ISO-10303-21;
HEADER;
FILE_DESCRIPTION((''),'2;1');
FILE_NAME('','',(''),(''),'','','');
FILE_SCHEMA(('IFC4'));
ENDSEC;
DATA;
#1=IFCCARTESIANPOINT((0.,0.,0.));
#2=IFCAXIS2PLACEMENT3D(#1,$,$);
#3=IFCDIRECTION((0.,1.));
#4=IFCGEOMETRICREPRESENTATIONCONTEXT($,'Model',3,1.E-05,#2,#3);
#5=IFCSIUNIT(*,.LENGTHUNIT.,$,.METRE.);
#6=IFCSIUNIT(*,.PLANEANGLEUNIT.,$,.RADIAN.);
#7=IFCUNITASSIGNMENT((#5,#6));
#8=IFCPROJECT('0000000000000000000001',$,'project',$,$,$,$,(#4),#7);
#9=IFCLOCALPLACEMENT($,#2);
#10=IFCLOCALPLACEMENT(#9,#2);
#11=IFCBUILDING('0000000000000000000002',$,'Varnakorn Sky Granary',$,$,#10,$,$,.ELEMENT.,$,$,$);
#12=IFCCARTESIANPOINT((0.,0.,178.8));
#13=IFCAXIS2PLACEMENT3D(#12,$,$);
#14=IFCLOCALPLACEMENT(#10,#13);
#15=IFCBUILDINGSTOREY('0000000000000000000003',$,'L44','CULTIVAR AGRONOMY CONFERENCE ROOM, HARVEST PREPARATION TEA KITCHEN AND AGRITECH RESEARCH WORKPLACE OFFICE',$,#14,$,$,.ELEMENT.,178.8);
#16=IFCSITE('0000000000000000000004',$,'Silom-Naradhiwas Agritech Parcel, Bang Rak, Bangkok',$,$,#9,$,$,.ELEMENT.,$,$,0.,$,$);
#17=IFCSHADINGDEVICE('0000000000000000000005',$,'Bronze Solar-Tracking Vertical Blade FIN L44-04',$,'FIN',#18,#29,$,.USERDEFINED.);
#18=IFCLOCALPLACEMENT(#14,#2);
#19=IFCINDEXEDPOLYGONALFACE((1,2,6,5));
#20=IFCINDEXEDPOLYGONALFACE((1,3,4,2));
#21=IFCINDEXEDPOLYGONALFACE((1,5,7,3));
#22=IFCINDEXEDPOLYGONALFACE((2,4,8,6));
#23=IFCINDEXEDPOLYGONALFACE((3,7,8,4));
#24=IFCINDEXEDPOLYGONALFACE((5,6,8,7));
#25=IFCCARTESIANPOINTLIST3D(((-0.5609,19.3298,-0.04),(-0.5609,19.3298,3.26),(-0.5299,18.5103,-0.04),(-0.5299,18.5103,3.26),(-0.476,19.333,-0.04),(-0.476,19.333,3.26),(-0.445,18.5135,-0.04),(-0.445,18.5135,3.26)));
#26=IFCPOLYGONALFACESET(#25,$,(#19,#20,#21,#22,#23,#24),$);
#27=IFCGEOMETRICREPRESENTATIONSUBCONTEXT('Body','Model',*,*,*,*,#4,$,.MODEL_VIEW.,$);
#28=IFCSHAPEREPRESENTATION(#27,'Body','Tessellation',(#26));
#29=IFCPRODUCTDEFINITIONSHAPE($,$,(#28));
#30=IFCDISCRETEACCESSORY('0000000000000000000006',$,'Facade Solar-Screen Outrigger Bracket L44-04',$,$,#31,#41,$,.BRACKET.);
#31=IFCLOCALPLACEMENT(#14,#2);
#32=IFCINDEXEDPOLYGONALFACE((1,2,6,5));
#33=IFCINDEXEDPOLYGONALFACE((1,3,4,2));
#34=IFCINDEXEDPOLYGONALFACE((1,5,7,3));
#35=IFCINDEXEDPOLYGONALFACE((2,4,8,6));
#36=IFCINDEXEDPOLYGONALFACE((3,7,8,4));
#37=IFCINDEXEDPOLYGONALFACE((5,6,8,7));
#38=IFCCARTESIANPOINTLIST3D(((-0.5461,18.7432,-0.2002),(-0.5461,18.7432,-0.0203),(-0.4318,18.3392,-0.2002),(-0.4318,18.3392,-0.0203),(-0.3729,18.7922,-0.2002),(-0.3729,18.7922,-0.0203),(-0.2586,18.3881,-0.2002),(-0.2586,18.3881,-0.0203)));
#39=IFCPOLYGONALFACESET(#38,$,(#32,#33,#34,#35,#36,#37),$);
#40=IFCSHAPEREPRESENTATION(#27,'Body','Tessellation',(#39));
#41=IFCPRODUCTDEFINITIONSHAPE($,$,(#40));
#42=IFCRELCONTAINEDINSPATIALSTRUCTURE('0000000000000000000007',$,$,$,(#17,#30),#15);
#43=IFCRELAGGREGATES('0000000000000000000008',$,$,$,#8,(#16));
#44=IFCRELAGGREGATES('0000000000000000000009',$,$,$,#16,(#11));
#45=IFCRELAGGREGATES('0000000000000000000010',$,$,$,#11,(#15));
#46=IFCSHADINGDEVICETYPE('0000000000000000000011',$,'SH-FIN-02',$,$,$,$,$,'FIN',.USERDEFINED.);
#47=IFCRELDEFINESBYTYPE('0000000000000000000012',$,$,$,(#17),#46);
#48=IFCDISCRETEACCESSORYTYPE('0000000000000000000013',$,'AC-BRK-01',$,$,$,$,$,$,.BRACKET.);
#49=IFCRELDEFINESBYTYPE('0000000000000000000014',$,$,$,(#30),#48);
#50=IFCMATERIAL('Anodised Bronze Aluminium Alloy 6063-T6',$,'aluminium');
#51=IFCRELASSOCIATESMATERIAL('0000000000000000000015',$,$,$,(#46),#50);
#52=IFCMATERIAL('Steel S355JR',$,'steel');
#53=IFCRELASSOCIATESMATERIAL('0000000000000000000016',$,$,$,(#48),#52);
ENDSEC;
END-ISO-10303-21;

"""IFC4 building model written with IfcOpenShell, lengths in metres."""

from ifc_helpers import new_model, si_unit, direction, frame, origin, origin_2d, place, context, subcontext, project, spatial, rectangle, extrude, source, transform, mapped, material, type_object, type_shapes, element, save


model = new_model("IFC4")

# Units and contexts
model_context = context("Model", 3, precision=1e-05, world=origin(), true_north=direction((0.0, 1.0)))
body_context = subcontext(model_context, "Body", "Model", "MODEL_VIEW")
ifc_project = project(units=[si_unit("LENGTHUNIT", "METRE"), si_unit("PLANEANGLEUNIT", "RADIAN")], contexts=[model_context])

# Site, building, storey
site_placement = place(None, origin())
site = spatial("IfcSite", under=ifc_project, at=site_placement, Name="Silom-Naradhiwas Agritech Parcel, Bang Rak, Bangkok", CompositionType="ELEMENT", RefElevation=0.0)
building_placement = place(site_placement, origin())
building = spatial("IfcBuilding", under=site, at=building_placement, Name="Varnakorn Sky Granary", CompositionType="ELEMENT")
storey_placement = place(building_placement, frame((0.0, 0.0, 178.8)))
storey = spatial("IfcBuildingStorey", under=building, at=storey_placement, Name="L44", Description="CULTIVAR AGRONOMY CONFERENCE ROOM, HARVEST PREPARATION TEA KITCHEN AND AGRITECH RESEARCH WORKPLACE OFFICE", CompositionType="ELEMENT", Elevation=178.8)

# Shared definitions
ifc_material_1 = material(Name="Steel S355JR", Category="steel")

# Shared definitions
ifc_material_2 = material(Name="Anodised Bronze Aluminium Alloy 6063-T6", Category="aluminium")

# Shading device
shading_device_type = type_object("IfcShadingDeviceType", Name="SH-FIN-02", ElementType="FIN", PredefinedType="USERDEFINED", material=ifc_material_2)
shared_shape_1 = source(origin(), body_context, "Body", "SweptSolid", [
    extrude(rectangle(XDim=0.085, YDim=0.8201, at=origin_2d()), origin(), (0.0, 0.0, 1.0), 3.3),
])
type_shapes(shading_device_type, [shared_shape_1])
shading_device_placement = place(storey_placement, frame((-0.5029, 18.9216, -0.04), z_axis=(0.0, 0.0, 1.0), x_axis=(-0.999284, -0.037825, 0.0)))
element("IfcShadingDevice", 1, at=shading_device_placement, inside=storey, type_object=shading_device_type, Name="Bronze Solar-Tracking Vertical Blade FIN L44-04", ObjectType="FIN", PredefinedType="USERDEFINED", context=body_context, shape_type="MappedRepresentation", body=[
    mapped(shared_shape_1, transform((0.0, 0.0, 0.0), x_axis=(1.0, 0.0, 0.0), y_axis=(0.0, 1.0, 0.0), z_axis=(0.0, 0.0, 1.0), scale=1.0)),
])

# Discrete accessory
discrete_accessory_type = type_object("IfcDiscreteAccessoryType", Name="AC-BRK-01", PredefinedType="BRACKET", material=ifc_material_1)
shared_shape_2 = source(origin(), body_context, "Body", "SweptSolid", [
    extrude(rectangle(XDim=0.1799, YDim=0.4199, at=origin_2d()), origin(), (0.0, 0.0, 1.0), 0.1799),
])
type_shapes(discrete_accessory_type, [shared_shape_2])
discrete_accessory_placement = place(storey_placement, frame((-0.4023, 18.5657, -0.2002), z_axis=(0.0, 0.0, 1.0), x_axis=(-0.962235, -0.27222, 0.0)))
element("IfcDiscreteAccessory", 2, at=discrete_accessory_placement, inside=storey, type_object=discrete_accessory_type, Name="Facade Solar-Screen Outrigger Bracket L44-04", PredefinedType="BRACKET", context=body_context, shape_type="MappedRepresentation", body=[
    mapped(shared_shape_2, transform((0.0, 0.0, 0.0), x_axis=(1.0, 0.0, 0.0), y_axis=(0.0, 1.0, 0.0), z_axis=(0.0, 0.0, 1.0), scale=1.0)),
])

save(model, "model.ifc")
